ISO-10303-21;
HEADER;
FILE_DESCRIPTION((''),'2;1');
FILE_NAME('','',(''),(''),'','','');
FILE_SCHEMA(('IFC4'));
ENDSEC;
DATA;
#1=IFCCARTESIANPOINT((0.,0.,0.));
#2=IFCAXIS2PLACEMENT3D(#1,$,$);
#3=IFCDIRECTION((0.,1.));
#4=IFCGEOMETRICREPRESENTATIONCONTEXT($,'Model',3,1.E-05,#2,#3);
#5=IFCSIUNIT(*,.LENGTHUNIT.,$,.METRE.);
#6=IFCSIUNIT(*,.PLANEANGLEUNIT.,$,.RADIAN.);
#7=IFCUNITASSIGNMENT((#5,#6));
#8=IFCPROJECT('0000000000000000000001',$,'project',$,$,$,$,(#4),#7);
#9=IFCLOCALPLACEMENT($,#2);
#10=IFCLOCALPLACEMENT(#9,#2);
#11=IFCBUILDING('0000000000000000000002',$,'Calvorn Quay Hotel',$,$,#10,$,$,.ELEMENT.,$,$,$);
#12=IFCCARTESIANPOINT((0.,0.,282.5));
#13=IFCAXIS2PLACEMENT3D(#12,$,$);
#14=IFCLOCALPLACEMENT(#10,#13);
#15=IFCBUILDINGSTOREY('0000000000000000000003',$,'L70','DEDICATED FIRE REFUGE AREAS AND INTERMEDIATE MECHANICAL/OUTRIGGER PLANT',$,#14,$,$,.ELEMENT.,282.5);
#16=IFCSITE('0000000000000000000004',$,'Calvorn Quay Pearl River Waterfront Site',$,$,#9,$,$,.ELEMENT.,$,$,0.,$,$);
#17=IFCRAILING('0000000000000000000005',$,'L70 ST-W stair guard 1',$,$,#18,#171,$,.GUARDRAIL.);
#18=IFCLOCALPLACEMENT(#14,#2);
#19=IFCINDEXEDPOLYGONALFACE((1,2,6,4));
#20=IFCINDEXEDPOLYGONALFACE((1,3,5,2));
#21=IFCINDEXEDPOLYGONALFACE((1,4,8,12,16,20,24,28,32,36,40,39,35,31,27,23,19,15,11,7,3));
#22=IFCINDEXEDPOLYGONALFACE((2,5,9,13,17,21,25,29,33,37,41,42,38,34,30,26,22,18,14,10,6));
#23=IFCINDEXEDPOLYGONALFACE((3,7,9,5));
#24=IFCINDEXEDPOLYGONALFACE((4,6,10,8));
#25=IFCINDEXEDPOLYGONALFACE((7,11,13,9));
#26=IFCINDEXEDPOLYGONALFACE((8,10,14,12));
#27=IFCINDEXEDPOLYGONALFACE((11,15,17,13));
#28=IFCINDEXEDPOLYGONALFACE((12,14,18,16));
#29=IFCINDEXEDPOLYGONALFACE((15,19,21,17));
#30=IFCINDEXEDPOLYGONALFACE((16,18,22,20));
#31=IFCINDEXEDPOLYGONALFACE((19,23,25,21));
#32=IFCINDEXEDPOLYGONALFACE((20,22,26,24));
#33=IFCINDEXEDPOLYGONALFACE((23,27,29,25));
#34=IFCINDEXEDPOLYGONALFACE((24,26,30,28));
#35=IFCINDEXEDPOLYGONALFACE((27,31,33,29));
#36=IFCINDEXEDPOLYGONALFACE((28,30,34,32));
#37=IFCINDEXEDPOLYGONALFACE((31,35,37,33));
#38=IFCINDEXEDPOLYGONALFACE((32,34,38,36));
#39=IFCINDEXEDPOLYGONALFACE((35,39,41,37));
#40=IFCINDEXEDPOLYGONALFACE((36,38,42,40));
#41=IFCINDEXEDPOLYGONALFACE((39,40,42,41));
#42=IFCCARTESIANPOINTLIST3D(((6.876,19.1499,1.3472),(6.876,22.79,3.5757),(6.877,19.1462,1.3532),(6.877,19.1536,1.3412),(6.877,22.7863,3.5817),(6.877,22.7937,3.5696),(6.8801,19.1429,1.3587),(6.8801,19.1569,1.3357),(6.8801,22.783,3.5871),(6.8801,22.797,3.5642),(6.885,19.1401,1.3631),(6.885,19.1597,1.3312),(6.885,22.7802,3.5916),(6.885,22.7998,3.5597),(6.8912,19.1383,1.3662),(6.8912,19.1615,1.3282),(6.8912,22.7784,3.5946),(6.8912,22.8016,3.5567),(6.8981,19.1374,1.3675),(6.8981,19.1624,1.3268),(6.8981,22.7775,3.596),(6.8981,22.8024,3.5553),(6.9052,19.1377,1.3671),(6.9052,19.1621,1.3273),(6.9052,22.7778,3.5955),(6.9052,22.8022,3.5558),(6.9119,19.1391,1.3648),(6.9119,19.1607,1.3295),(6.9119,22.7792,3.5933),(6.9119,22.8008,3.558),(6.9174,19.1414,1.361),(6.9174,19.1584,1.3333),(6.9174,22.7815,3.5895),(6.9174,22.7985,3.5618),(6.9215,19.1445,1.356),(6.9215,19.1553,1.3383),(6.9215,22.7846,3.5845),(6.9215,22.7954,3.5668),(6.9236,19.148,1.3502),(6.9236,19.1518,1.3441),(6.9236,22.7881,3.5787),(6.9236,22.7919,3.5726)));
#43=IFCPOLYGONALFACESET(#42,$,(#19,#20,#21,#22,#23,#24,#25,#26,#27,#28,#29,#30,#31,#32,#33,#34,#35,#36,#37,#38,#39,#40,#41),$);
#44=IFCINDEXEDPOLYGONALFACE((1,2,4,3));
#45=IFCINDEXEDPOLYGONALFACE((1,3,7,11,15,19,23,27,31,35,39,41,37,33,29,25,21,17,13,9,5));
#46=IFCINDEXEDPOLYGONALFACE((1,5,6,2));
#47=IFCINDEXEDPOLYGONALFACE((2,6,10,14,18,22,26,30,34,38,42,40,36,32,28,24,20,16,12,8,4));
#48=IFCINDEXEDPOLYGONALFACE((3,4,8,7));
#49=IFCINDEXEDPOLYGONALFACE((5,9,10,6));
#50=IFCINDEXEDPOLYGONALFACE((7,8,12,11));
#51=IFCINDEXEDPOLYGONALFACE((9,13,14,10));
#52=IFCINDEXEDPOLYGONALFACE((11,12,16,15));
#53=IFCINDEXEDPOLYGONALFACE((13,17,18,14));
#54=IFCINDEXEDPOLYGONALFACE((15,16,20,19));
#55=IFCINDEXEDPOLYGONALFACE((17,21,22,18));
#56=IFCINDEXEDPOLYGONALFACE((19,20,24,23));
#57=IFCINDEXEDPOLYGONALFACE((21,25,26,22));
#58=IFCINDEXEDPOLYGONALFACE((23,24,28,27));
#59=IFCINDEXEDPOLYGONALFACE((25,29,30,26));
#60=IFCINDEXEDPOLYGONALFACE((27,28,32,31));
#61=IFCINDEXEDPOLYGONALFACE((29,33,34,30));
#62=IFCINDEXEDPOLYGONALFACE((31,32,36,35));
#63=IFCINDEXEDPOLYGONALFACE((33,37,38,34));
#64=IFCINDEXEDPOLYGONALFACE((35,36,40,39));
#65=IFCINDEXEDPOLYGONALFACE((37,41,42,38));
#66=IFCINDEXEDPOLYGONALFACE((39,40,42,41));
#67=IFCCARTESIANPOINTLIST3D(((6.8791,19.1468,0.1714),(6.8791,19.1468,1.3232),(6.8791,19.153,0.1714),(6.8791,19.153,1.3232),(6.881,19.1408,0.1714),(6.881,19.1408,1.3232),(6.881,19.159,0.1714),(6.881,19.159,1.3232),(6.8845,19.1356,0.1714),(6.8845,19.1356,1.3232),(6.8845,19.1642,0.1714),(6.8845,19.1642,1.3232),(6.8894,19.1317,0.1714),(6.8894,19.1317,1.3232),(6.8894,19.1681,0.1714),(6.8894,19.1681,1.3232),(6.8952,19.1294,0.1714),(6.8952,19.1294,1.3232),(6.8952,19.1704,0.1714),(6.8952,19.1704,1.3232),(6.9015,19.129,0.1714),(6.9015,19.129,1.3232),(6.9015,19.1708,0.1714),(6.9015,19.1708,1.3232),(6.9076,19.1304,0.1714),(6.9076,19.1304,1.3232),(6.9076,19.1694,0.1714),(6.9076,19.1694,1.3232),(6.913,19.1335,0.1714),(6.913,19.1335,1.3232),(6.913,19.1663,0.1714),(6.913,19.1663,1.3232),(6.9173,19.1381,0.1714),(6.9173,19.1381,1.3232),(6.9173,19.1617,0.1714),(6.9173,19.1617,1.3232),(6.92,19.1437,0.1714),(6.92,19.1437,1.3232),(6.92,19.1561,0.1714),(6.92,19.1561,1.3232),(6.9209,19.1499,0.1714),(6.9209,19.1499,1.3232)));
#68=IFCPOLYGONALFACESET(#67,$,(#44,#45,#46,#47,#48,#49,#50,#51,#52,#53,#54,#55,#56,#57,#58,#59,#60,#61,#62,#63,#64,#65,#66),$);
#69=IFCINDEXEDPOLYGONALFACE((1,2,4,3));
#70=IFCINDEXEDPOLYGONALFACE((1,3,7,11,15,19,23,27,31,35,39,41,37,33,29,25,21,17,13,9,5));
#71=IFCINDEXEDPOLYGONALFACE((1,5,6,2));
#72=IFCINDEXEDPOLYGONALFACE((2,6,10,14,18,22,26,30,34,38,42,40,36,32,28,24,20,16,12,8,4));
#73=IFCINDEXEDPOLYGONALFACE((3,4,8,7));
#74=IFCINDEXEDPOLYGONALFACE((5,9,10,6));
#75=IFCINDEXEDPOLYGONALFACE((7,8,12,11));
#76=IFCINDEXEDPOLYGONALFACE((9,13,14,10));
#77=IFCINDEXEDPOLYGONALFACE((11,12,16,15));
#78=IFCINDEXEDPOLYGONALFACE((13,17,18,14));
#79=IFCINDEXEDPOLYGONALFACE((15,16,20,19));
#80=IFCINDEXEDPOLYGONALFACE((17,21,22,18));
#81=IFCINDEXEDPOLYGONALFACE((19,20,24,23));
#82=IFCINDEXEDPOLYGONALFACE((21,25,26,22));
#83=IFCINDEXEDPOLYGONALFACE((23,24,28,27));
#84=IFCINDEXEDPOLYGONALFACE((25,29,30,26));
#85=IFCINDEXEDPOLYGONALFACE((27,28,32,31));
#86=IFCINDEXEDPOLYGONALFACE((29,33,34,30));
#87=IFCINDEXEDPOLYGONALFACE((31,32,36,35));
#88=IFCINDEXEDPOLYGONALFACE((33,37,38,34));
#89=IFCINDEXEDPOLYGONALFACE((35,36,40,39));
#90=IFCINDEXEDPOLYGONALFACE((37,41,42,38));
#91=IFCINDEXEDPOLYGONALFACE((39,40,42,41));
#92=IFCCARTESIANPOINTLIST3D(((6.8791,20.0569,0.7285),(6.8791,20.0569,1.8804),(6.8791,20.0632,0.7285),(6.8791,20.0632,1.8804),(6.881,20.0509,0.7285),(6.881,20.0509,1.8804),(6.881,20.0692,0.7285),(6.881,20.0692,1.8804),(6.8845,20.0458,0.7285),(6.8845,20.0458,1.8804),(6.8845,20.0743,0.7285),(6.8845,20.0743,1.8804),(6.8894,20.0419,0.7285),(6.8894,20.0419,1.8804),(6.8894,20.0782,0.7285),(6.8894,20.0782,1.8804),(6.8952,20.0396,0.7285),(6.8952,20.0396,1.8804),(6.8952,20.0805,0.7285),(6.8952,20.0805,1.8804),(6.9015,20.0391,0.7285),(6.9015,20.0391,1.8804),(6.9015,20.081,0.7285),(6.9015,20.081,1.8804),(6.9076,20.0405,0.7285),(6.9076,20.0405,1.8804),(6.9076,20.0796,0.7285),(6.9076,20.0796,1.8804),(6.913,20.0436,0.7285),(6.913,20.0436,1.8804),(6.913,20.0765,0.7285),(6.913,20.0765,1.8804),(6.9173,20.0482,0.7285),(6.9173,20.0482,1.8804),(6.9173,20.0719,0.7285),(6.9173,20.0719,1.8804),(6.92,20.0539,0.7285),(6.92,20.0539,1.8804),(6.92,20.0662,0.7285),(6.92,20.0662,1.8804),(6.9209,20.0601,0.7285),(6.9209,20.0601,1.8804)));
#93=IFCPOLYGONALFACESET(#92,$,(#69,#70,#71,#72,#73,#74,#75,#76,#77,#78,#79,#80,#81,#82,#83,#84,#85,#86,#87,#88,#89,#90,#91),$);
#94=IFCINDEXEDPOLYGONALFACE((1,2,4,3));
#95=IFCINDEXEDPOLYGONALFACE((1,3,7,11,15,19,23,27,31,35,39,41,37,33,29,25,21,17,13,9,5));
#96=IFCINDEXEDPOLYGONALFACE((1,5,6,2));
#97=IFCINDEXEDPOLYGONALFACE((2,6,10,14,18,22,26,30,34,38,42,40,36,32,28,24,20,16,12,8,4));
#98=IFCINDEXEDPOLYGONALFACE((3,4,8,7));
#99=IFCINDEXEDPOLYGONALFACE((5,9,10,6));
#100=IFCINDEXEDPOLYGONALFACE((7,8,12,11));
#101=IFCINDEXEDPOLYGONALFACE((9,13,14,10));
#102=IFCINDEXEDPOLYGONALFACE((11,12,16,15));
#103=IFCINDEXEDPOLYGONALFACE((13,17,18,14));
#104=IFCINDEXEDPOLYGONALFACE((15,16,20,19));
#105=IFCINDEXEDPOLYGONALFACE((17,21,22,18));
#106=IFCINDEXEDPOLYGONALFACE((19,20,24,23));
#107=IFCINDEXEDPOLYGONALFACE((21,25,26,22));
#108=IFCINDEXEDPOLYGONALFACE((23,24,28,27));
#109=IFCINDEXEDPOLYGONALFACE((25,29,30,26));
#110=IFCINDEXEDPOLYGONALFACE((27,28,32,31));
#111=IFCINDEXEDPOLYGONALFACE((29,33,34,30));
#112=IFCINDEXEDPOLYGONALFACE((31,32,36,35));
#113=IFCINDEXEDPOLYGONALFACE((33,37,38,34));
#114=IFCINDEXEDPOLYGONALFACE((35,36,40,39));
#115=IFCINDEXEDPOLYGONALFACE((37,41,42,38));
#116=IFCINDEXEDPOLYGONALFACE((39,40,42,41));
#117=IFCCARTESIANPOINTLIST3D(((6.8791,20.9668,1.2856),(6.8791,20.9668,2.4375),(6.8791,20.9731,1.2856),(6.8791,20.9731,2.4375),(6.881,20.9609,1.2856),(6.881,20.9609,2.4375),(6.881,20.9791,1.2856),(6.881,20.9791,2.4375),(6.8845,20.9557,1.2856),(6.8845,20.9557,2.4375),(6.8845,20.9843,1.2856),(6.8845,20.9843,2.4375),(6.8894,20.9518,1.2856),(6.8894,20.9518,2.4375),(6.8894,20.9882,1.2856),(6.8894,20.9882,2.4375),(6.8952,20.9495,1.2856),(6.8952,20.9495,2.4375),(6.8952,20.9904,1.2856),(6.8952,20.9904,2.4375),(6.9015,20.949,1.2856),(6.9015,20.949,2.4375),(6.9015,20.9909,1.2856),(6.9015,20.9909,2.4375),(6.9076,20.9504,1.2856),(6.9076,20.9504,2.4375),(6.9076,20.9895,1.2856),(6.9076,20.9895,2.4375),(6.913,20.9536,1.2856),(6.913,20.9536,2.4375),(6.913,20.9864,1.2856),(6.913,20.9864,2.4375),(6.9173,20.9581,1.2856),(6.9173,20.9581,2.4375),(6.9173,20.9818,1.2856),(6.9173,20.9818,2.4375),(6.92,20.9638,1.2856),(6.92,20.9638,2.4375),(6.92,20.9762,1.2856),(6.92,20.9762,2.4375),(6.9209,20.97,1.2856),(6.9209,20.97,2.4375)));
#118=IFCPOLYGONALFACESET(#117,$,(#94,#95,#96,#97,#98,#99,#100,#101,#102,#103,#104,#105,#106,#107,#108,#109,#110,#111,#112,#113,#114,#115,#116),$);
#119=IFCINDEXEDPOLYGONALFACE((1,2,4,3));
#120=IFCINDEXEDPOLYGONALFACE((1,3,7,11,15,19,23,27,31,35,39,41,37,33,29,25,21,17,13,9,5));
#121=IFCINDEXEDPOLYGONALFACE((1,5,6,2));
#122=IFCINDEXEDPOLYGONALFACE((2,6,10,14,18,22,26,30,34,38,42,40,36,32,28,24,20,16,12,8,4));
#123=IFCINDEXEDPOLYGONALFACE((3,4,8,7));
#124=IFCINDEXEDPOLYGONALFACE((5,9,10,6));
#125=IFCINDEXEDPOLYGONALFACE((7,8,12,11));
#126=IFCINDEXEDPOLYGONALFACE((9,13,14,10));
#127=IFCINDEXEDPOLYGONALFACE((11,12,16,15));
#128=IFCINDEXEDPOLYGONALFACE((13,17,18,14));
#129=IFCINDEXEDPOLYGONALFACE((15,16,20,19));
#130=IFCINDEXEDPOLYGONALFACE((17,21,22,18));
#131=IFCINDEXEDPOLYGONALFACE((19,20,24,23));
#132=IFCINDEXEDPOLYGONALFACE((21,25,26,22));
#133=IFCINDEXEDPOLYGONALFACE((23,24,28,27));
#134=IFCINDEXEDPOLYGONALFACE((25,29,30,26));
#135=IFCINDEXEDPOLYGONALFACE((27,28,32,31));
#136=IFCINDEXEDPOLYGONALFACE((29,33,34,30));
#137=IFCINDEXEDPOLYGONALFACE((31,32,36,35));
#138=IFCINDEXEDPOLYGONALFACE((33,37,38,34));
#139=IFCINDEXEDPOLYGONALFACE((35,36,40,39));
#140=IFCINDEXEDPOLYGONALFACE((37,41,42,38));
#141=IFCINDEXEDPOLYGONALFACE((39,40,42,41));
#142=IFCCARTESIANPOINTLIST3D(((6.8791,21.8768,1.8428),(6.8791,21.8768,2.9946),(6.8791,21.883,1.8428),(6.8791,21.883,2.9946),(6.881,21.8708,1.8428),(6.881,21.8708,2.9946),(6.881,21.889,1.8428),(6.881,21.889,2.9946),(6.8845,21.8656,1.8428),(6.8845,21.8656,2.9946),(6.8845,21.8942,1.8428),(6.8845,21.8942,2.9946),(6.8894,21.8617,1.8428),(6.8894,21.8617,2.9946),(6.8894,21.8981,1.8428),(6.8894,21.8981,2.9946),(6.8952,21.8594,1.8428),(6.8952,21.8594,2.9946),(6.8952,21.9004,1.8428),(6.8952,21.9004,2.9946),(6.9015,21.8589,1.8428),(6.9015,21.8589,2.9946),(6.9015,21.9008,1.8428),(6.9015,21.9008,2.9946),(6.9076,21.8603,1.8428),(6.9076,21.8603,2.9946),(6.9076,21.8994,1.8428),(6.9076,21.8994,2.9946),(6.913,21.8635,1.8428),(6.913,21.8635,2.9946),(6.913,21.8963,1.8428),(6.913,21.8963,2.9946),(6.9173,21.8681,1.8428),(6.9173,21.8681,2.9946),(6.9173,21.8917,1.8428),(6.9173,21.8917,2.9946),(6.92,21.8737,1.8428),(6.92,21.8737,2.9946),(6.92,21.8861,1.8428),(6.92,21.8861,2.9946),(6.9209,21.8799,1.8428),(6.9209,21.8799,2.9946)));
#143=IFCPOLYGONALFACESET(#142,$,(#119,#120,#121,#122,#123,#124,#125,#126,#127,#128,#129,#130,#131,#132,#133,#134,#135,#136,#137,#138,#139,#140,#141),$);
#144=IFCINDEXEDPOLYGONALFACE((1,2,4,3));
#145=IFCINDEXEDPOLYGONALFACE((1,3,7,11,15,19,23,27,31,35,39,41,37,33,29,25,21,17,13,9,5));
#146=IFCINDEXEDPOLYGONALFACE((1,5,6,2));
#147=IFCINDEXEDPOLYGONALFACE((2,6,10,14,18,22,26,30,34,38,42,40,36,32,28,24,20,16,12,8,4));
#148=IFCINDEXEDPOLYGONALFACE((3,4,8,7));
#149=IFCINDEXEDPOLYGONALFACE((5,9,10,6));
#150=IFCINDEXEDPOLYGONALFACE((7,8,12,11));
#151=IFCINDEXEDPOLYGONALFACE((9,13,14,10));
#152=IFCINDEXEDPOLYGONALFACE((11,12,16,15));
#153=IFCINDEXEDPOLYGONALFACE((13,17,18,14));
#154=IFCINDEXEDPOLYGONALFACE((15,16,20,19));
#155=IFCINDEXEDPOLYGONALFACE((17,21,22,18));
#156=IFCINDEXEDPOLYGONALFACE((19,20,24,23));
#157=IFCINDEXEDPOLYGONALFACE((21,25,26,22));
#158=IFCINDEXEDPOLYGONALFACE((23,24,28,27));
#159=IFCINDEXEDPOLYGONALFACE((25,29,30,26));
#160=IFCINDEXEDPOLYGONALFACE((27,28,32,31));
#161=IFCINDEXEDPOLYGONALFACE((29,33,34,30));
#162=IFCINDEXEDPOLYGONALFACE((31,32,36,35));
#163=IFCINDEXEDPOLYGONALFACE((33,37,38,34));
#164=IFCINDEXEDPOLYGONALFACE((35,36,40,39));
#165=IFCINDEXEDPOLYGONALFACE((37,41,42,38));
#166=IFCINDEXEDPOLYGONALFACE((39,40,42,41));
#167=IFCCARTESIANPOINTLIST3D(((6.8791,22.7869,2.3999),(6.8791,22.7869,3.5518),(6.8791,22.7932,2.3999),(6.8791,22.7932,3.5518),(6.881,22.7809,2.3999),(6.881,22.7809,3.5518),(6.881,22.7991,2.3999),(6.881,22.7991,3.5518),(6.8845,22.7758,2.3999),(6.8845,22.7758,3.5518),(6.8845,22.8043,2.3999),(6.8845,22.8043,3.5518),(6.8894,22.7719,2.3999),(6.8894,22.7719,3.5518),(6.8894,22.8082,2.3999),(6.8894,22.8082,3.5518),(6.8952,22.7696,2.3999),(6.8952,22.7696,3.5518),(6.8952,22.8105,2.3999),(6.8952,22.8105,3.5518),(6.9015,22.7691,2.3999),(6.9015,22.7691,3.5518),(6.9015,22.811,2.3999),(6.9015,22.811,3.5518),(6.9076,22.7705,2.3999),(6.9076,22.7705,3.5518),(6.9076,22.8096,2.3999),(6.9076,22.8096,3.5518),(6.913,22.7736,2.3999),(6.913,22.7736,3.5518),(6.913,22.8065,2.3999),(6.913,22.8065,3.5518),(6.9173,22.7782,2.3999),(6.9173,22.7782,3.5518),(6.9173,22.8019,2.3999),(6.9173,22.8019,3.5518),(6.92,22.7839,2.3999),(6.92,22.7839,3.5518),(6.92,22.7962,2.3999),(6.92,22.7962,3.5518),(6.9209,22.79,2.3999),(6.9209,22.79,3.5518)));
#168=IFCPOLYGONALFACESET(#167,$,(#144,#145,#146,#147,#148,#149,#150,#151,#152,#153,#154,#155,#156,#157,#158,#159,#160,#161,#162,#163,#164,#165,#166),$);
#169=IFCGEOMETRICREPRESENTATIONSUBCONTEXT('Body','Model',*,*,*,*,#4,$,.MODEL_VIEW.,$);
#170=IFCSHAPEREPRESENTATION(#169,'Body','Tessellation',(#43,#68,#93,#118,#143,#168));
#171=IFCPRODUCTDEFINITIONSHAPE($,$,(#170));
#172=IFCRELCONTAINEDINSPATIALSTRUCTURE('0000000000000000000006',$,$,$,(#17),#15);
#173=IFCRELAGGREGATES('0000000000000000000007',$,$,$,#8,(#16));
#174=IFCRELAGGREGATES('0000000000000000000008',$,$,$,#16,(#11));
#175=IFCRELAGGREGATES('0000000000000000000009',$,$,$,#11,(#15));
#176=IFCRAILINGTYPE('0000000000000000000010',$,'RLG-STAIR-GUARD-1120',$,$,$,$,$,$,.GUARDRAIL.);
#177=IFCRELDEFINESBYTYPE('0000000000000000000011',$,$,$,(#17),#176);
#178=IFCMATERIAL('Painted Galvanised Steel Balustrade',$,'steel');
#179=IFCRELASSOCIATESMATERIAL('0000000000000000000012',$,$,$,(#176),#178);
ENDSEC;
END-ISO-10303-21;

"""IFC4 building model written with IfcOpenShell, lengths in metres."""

from ifc_helpers import new_model, si_unit, direction, frame, origin, origin_2d, place, context, subcontext, project, spatial, circle, extrude, material, type_object, element, save


model = new_model("IFC4")

# Units and contexts
model_context = context("Model", 3, precision=1e-05, world=origin(), true_north=direction((0.0, 1.0)))
body_context = subcontext(model_context, "Body", "Model", "MODEL_VIEW")
ifc_project = project(units=[si_unit("LENGTHUNIT", "METRE"), si_unit("PLANEANGLEUNIT", "RADIAN")], contexts=[model_context])

# Site, building, storey
site_placement = place(None, origin())
site = spatial("IfcSite", under=ifc_project, at=site_placement, Name="Calvorn Quay Pearl River Waterfront Site", CompositionType="ELEMENT", RefElevation=0.0)
building_placement = place(site_placement, origin())
building = spatial("IfcBuilding", under=site, at=building_placement, Name="Calvorn Quay Hotel", CompositionType="ELEMENT")
storey_placement = place(building_placement, frame((0.0, 0.0, 282.5)))
storey = spatial("IfcBuildingStorey", under=building, at=storey_placement, Name="L70", Description="DEDICATED FIRE REFUGE AREAS AND INTERMEDIATE MECHANICAL/OUTRIGGER PLANT", CompositionType="ELEMENT", Elevation=282.5)

# Railing
ifc_material_1 = material(Name="Painted Galvanised Steel Balustrade", Category="steel")
railing_type_1 = type_object("IfcRailingType", Name="RLG-STAIR-GUARD-1120", PredefinedType="GUARDRAIL", material=ifc_material_1)
railing_1_placement = place(storey_placement, frame((6.8999, 19.1499, 0.1714)))
element("IfcRailing", 1, at=railing_1_placement, inside=storey, type_object=railing_type_1, Name="L70 ST-W stair guard 1", PredefinedType="GUARDRAIL", context=body_context, shape_type="SweptSolid", body=[
    extrude(circle(Radius=0.0239, at=origin_2d()), frame((0.0, 0.0, 1.1758), z_axis=(0.0, 0.852866, 0.52213), x_axis=(-1.0, 0.0, 0.0)), (0.0, 0.0, 1.0), 4.2681),
    extrude(circle(Radius=0.021, at=origin_2d()), origin(), (0.0, 0.0, 1.0), 1.1519),
    extrude(circle(Radius=0.021, at=origin_2d()), frame((0.0, 0.9102, 0.5571)), (0.0, 0.0, 1.0), 1.1519),
    extrude(circle(Radius=0.021, at=origin_2d()), frame((0.0, 1.8201, 1.1143)), (0.0, 0.0, 1.0), 1.1519),
    extrude(circle(Radius=0.021, at=origin_2d()), frame((0.0, 2.73, 1.6714)), (0.0, 0.0, 1.0), 1.1519),
    extrude(circle(Radius=0.021, at=origin_2d()), frame((0.0, 3.6401, 2.2285)), (0.0, 0.0, 1.0), 1.1519),
])

save(model, "model.ifc")
